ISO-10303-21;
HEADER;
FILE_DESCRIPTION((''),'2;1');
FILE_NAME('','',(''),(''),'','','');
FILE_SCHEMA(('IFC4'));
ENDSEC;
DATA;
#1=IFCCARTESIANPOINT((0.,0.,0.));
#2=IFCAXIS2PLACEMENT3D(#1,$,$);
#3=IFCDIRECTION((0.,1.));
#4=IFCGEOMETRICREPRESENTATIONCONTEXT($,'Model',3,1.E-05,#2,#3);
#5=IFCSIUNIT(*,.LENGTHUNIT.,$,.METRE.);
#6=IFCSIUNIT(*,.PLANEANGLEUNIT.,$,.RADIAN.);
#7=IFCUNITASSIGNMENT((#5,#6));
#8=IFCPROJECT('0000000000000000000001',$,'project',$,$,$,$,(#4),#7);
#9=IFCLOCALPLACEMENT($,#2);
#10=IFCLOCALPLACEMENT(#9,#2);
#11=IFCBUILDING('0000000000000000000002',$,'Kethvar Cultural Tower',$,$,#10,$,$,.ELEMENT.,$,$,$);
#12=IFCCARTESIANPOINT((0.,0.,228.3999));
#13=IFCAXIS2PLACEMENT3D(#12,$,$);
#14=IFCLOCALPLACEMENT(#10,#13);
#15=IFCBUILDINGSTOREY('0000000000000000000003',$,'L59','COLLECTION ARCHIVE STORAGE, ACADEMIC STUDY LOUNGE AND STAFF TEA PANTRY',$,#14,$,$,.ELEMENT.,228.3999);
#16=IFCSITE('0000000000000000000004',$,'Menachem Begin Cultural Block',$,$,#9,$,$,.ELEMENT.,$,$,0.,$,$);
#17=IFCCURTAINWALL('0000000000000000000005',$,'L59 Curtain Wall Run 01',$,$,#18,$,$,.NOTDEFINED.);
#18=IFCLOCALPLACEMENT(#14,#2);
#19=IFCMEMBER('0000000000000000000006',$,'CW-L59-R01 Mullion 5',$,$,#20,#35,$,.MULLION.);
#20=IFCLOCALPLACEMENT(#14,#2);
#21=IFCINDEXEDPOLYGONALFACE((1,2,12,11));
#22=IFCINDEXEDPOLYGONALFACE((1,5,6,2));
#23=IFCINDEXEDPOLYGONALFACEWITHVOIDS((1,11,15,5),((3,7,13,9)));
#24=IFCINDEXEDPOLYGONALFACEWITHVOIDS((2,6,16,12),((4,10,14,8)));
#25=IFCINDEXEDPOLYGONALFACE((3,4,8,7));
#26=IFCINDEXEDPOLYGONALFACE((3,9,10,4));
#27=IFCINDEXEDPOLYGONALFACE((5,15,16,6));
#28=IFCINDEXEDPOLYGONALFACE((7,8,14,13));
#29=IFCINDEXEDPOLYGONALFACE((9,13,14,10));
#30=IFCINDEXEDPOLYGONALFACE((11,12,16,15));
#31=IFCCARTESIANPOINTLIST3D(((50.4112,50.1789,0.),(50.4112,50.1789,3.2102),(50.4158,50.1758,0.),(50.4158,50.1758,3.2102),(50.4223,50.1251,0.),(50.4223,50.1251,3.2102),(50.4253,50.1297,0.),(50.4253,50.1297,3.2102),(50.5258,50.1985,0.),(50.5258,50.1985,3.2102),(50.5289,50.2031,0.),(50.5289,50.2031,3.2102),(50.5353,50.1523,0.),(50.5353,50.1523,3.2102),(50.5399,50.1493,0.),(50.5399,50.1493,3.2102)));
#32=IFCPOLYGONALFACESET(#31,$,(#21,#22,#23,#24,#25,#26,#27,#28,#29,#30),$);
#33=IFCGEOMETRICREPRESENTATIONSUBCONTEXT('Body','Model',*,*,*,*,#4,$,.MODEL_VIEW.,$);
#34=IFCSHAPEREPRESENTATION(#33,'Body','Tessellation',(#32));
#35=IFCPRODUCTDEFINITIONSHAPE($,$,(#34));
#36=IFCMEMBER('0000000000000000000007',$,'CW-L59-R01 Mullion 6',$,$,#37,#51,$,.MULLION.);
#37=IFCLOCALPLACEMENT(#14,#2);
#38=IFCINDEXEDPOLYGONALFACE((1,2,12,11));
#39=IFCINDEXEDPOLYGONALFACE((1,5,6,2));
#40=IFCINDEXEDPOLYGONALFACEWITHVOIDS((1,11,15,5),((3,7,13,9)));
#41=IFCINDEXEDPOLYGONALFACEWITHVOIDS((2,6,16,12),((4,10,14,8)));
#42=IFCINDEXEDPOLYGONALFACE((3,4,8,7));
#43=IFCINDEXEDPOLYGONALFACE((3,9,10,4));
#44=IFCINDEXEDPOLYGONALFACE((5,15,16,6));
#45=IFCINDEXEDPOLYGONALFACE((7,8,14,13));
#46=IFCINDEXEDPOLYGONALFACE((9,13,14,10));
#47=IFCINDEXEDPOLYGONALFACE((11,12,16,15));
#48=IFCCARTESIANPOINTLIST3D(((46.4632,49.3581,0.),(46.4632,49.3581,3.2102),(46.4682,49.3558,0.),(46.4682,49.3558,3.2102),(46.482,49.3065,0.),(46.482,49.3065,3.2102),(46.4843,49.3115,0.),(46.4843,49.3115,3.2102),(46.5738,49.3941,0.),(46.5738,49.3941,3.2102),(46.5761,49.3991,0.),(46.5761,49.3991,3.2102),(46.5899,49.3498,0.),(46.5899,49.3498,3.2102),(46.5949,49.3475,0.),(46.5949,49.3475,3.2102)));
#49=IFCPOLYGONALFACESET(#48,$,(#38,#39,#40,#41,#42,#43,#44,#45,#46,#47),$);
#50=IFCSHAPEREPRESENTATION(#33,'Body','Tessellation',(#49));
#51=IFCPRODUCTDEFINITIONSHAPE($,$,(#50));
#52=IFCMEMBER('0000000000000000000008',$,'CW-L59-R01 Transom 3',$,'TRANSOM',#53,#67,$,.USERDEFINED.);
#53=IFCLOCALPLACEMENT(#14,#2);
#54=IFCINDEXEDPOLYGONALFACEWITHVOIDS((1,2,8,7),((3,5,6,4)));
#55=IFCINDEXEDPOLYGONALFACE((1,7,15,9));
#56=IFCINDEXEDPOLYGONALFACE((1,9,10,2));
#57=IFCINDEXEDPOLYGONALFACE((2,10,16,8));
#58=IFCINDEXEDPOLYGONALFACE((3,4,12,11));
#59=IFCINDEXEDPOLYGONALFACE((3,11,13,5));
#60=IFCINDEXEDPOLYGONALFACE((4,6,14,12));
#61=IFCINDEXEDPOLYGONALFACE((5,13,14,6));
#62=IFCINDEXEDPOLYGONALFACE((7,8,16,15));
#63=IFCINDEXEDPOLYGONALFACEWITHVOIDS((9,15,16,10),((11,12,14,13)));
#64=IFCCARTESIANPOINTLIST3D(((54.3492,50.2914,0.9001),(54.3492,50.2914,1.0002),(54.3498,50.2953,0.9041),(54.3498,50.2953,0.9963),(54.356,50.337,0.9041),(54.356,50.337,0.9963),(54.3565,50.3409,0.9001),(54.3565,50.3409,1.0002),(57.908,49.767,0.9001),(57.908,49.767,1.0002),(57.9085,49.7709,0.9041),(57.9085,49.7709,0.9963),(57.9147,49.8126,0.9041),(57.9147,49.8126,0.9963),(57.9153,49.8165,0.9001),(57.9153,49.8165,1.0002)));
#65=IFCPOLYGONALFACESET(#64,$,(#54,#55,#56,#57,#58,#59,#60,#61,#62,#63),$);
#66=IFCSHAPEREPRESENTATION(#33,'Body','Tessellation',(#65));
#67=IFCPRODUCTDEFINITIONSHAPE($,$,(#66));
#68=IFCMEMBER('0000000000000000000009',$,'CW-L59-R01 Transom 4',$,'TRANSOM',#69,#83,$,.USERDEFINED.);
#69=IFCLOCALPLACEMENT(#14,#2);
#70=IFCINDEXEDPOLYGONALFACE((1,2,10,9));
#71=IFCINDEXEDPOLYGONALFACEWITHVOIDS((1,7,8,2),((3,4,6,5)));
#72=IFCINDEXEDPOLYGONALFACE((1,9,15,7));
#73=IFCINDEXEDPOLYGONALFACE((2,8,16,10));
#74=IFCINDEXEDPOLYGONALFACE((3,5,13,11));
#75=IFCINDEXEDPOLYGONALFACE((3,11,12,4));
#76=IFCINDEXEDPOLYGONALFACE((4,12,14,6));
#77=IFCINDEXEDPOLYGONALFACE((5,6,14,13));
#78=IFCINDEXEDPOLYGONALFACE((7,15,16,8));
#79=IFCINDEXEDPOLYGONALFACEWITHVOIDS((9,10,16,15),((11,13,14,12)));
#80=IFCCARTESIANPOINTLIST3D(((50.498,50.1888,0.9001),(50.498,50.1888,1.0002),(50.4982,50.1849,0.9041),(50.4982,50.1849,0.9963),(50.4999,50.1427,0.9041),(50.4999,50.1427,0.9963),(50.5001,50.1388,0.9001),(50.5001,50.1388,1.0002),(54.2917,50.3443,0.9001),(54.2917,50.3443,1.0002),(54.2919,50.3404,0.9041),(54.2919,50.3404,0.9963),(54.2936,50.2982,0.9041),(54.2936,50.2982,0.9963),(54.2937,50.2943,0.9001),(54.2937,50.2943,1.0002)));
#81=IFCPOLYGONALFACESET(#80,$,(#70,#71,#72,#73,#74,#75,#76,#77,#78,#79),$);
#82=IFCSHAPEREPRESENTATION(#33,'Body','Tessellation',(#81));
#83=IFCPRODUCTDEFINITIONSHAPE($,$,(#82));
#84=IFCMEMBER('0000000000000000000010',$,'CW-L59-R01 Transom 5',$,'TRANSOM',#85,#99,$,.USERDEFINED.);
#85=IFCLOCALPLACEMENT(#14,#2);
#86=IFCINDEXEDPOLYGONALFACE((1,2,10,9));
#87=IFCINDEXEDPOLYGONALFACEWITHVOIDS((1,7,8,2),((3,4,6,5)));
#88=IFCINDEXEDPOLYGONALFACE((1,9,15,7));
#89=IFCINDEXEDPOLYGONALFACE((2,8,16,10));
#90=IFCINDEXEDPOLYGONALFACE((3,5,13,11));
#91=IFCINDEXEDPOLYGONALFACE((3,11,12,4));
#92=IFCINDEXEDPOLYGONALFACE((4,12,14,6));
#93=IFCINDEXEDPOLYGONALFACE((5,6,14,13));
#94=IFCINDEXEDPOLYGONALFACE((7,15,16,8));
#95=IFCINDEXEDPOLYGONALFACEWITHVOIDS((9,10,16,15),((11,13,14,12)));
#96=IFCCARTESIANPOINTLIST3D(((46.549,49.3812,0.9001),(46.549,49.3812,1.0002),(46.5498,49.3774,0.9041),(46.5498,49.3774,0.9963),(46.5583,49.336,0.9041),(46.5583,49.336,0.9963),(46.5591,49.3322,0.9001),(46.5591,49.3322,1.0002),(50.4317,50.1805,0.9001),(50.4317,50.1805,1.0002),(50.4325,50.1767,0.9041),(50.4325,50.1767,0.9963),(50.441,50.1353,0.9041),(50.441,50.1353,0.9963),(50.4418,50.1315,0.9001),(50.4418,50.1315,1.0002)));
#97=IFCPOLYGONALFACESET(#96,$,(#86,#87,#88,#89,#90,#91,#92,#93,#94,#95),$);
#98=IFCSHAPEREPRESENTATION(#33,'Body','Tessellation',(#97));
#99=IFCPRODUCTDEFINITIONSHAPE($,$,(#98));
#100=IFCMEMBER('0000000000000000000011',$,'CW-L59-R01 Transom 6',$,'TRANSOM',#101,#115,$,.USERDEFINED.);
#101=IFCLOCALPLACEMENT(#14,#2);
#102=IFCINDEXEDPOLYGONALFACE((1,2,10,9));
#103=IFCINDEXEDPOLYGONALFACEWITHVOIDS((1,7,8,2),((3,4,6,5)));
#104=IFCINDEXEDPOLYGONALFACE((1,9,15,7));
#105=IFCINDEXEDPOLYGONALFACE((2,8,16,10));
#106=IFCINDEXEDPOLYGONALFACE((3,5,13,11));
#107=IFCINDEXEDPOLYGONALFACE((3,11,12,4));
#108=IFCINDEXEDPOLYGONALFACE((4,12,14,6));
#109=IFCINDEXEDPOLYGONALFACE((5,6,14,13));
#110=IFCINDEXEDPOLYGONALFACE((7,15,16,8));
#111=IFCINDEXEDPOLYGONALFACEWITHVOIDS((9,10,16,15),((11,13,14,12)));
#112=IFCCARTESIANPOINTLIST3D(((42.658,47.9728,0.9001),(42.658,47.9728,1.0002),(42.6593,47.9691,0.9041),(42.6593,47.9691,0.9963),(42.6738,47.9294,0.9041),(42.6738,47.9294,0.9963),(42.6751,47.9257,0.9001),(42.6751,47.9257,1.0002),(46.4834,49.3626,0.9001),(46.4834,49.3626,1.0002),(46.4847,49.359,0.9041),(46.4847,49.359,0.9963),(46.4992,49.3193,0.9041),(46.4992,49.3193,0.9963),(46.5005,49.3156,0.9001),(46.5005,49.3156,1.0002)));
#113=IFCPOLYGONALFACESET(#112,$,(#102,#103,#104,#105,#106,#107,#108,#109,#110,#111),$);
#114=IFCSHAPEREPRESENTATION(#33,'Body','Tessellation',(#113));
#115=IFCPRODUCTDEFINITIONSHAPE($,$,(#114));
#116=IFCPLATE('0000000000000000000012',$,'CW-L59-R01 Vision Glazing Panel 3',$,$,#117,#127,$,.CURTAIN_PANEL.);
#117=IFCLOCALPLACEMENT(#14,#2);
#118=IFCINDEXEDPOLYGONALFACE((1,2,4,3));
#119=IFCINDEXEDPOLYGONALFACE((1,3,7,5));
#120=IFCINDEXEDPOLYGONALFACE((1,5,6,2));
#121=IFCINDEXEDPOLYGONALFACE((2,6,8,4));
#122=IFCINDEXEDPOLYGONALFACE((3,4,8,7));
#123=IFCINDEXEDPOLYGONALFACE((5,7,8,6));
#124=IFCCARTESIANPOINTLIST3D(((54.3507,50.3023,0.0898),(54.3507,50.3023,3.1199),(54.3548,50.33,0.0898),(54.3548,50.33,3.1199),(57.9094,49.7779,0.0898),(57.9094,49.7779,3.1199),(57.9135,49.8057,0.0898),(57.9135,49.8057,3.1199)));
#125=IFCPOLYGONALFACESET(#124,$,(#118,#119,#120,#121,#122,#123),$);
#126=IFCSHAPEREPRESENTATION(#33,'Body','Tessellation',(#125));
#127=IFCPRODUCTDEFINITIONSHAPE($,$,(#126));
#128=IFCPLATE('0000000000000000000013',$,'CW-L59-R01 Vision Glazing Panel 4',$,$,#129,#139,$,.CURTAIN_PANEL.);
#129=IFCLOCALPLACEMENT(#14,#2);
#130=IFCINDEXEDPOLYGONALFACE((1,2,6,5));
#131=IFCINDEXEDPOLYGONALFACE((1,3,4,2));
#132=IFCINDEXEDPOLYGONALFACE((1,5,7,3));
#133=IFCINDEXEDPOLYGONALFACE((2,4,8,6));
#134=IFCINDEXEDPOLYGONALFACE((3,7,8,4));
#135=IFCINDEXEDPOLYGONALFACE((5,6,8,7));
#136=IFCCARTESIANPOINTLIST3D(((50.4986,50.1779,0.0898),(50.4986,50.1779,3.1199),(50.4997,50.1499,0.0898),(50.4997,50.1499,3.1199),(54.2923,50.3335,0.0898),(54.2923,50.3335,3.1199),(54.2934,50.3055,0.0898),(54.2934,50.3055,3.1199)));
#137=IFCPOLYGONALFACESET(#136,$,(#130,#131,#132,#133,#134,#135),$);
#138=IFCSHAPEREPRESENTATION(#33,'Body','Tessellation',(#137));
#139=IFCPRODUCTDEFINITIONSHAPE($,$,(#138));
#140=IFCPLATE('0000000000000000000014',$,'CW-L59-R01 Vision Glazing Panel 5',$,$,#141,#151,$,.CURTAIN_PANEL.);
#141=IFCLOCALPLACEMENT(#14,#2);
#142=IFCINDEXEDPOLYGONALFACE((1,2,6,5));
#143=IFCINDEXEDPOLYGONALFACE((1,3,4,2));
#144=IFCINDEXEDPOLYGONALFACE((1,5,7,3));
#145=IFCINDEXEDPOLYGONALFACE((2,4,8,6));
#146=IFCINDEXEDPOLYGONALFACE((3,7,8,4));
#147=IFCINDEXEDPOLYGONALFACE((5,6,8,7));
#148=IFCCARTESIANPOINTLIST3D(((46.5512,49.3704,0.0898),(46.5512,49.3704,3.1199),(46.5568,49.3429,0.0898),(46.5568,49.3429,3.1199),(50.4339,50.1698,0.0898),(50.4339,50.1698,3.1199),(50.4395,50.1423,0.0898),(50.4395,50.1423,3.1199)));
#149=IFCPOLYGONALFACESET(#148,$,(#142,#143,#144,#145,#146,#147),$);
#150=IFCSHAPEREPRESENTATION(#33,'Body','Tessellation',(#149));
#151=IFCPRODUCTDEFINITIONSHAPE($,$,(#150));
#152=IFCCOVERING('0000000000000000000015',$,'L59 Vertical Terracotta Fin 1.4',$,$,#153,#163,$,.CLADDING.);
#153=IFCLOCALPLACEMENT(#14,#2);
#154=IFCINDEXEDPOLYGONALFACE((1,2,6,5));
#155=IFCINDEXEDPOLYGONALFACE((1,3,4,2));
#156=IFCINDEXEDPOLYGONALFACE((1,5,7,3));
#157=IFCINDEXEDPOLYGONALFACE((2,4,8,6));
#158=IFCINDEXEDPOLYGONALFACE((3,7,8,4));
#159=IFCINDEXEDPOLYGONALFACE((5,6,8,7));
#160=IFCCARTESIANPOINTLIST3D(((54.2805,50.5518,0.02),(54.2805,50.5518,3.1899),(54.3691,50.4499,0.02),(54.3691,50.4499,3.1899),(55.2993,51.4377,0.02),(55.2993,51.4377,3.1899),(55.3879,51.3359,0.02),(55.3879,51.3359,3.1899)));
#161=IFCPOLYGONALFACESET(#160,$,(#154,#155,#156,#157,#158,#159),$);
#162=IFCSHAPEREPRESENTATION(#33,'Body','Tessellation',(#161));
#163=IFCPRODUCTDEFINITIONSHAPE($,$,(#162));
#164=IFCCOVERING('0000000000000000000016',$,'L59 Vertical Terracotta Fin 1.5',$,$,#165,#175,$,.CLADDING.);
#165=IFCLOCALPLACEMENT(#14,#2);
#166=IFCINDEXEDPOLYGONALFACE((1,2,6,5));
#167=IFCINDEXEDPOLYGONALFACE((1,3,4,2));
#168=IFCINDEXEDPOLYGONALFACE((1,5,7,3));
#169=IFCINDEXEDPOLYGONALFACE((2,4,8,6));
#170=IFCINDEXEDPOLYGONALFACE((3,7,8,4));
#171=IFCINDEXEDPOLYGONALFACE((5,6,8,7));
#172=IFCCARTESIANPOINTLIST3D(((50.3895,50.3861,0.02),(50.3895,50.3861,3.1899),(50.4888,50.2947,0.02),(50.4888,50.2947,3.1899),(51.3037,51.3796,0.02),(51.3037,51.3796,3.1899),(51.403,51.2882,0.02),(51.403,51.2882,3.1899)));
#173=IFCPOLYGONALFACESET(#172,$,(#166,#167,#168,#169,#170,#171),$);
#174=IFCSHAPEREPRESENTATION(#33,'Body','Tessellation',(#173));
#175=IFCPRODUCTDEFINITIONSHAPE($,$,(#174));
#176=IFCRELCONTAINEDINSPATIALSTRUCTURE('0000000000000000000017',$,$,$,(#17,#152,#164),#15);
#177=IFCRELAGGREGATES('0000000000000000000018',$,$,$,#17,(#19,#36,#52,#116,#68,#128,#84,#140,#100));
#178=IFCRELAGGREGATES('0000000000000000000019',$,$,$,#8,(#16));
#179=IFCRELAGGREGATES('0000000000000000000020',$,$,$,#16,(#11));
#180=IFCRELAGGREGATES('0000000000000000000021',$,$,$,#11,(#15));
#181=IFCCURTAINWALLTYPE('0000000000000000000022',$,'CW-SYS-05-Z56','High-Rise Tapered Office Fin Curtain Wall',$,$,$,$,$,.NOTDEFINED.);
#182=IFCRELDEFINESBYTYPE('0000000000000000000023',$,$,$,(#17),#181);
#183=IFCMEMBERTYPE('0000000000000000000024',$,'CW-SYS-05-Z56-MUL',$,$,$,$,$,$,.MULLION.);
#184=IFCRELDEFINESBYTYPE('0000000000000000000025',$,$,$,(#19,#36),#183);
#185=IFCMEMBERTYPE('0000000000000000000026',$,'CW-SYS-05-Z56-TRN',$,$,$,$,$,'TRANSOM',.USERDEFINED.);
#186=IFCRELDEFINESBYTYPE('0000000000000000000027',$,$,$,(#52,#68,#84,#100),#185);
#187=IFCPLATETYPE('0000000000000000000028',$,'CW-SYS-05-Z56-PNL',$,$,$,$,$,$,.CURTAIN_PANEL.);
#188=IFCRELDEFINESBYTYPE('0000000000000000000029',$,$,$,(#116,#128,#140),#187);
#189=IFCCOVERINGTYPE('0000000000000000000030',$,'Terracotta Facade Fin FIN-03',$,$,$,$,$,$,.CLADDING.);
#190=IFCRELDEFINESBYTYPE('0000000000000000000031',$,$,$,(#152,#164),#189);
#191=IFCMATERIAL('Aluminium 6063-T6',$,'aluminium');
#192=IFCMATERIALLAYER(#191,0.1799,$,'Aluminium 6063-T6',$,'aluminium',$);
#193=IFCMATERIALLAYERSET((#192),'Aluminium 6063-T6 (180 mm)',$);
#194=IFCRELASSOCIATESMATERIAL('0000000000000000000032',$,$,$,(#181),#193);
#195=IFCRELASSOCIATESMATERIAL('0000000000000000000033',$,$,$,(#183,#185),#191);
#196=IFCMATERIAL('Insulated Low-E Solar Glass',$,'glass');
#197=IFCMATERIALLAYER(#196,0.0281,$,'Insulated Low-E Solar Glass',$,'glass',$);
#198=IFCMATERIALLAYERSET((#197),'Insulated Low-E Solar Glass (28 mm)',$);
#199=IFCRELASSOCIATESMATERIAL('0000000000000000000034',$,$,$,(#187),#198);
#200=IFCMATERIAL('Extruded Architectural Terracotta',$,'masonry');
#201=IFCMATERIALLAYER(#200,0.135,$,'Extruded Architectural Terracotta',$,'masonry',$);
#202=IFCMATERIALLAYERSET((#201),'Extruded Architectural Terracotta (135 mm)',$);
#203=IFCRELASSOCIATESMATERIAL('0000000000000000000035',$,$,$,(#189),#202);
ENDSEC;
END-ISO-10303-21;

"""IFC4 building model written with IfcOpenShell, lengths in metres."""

from ifc_helpers import new_model, si_unit, direction, frame, origin, origin_2d, place, context, subcontext, project, spatial, rectangle, hollow_rectangle, extrude, source, transform, mapped, material, layer, layer_set, material_profile, profile_set, type_object, element, aggregate, save


model = new_model("IFC4")

# Units and contexts
model_context = context("Model", 3, precision=1e-05, world=origin(), true_north=direction((0.0, 1.0)))
body_context = subcontext(model_context, "Body", "Model", "MODEL_VIEW")
ifc_project = project(units=[si_unit("LENGTHUNIT", "METRE"), si_unit("PLANEANGLEUNIT", "RADIAN")], contexts=[model_context])

# Site, building, storey
site_placement = place(None, origin())
site = spatial("IfcSite", under=ifc_project, at=site_placement, Name="Menachem Begin Cultural Block", CompositionType="ELEMENT", RefElevation=0.0)
building_placement = place(site_placement, origin())
building = spatial("IfcBuilding", under=site, at=building_placement, Name="Kethvar Cultural Tower", CompositionType="ELEMENT")
storey_placement = place(building_placement, frame((0.0, 0.0, 228.3999)))
storey = spatial("IfcBuildingStorey", under=building, at=storey_placement, Name="L59", Description="COLLECTION ARCHIVE STORAGE, ACADEMIC STUDY LOUNGE AND STAFF TEA PANTRY", CompositionType="ELEMENT", Elevation=228.3999)

# Curtain wall, members, plates
ifc_material_1 = material(Name="Aluminium 6063-T6", Category="aluminium")
ifc_layer_1 = layer(ifc_material_1, 0.1799, Name="Aluminium 6063-T6", Category="aluminium")
ifc_layer_set_1 = layer_set([ifc_layer_1], Name="Aluminium 6063-T6 (180 mm)")
curtain_wall_type = type_object("IfcCurtainWallType", Name="CW-SYS-05-Z56", Description="High-Rise Tapered Office Fin Curtain Wall", PredefinedType="NOTDEFINED", material=ifc_layer_set_1)
curtain_wall_placement = place(storey_placement, origin())
curtain_wall = element("IfcCurtainWall", 1, at=curtain_wall_placement, inside=storey, type_object=curtain_wall_type, Name="L59 Curtain Wall Run 01", PredefinedType="NOTDEFINED")
ifc_material_profile_1 = material_profile(ifc_material_1, hollow_rectangle(XDim=0.0549, YDim=0.1201, WallThickness=0.0039, at=origin_2d()), Name="Aluminium 6063-T6 — RHS120x55x4")
ifc_profile_set_1 = profile_set([ifc_material_profile_1], Name="Aluminium 6063-T6 — RHS120x55x4")
member_type_1 = type_object("IfcMemberType", Name="CW-SYS-05-Z56-MUL", PredefinedType="MULLION", material=ifc_profile_set_1)
shared_shape_1 = source(origin(), body_context, "Body", "SweptSolid", [
    extrude(hollow_rectangle(XDim=0.0549, YDim=0.1201, WallThickness=0.0039, at=origin_2d()), origin(), (0.0, 0.0, 1.0), 3.2102),
])
member_1_placement = place(storey_placement, frame((50.4756, 50.1641, 0.0), z_axis=(0.0, 0.0, 1.0), x_axis=(0.201642, -0.979459, 0.0)))
member_1 = element("IfcMember", 2, at=member_1_placement, type_object=member_type_1, Name="CW-L59-R01 Mullion 5", PredefinedType="MULLION", context=body_context, shape_type="MappedRepresentation", body=[
    mapped(shared_shape_1, transform((0.0, 0.0, 0.0), scale=1.0)),
])
member_2_placement = place(storey_placement, frame((46.5291, 49.3528, 0.0), z_axis=(0.0, 0.0, 1.0), x_axis=(0.341495, -0.939883, 0.0)))
member_2 = element("IfcMember", 3, at=member_2_placement, type_object=member_type_1, Name="CW-L59-R01 Mullion 6", PredefinedType="MULLION", context=body_context, shape_type="MappedRepresentation", body=[
    mapped(shared_shape_1, transform((0.0, 0.0, 0.0), scale=1.0)),
])
ifc_material_profile_2 = material_profile(ifc_material_1, hollow_rectangle(XDim=0.05, YDim=0.1001, WallThickness=0.0039, at=origin_2d()), Name="Aluminium 6063-T6 — RHS100x50x4")
ifc_profile_set_2 = profile_set([ifc_material_profile_2], Name="Aluminium 6063-T6 — RHS100x50x4")
member_type_2 = type_object("IfcMemberType", Name="CW-SYS-05-Z56-TRN", ElementType="TRANSOM", PredefinedType="USERDEFINED", material=ifc_profile_set_2)
shared_shape_2 = source(origin(), body_context, "Body", "SweptSolid", [
    extrude(hollow_rectangle(XDim=0.05, YDim=0.1001, WallThickness=0.0039, at=origin_2d()), origin(), (0.0, 0.0, 1.0), 3.5972),
])
member_3_placement = place(storey_placement, frame((57.9116, 49.7917, 0.9502), z_axis=(-0.989317, 0.145781, 0.0), x_axis=(-0.145781, -0.989317, 0.0)))
member_3 = element("IfcMember", 4, at=member_3_placement, type_object=member_type_2, Name="CW-L59-R01 Transom 3", ObjectType="TRANSOM", PredefinedType="USERDEFINED", context=body_context, shape_type="MappedRepresentation", body=[
    mapped(shared_shape_2, transform((0.0, 0.0, 0.0), scale=1.0)),
])
shared_shape_3 = source(origin(), body_context, "Body", "SweptSolid", [
    extrude(hollow_rectangle(XDim=0.05, YDim=0.1001, WallThickness=0.0039, at=origin_2d()), origin(), (0.0, 0.0, 1.0), 3.7969),
])
member_4_placement = place(storey_placement, frame((54.2927, 50.3193, 0.9502), z_axis=(-0.999161, -0.040959, 0.0), x_axis=(0.040959, -0.999161, 0.0)))
member_4 = element("IfcMember", 5, at=member_4_placement, type_object=member_type_2, Name="CW-L59-R01 Transom 4", ObjectType="TRANSOM", PredefinedType="USERDEFINED", context=body_context, shape_type="MappedRepresentation", body=[
    mapped(shared_shape_3, transform((0.0, 0.0, 0.0), scale=1.0)),
])
shared_shape_4 = source(origin(), body_context, "Body", "SweptSolid", [
    extrude(hollow_rectangle(XDim=0.05, YDim=0.1001, WallThickness=0.0039, at=origin_2d()), origin(), (0.0, 0.0, 1.0), 3.9641),
])
member_5_placement = place(storey_placement, frame((50.4368, 50.156, 0.9502), z_axis=(-0.979461, -0.201632, 0.0), x_axis=(0.201632, -0.979461, 0.0)))
member_5 = element("IfcMember", 6, at=member_5_placement, type_object=member_type_2, Name="CW-L59-R01 Transom 5", ObjectType="TRANSOM", PredefinedType="USERDEFINED", context=body_context, shape_type="MappedRepresentation", body=[
    mapped(shared_shape_4, transform((0.0, 0.0, 0.0), scale=1.0)),
])
shared_shape_5 = source(origin(), body_context, "Body", "SweptSolid", [
    extrude(hollow_rectangle(XDim=0.05, YDim=0.1001, WallThickness=0.0039, at=origin_2d()), origin(), (0.0, 0.0, 1.0), 4.0701),
])
member_6_placement = place(storey_placement, frame((46.4919, 49.3391, 0.9502), z_axis=(-0.939886, -0.341488, 0.0), x_axis=(0.341488, -0.939886, 0.0)))
member_6 = element("IfcMember", 7, at=member_6_placement, type_object=member_type_2, Name="CW-L59-R01 Transom 6", ObjectType="TRANSOM", PredefinedType="USERDEFINED", context=body_context, shape_type="MappedRepresentation", body=[
    mapped(shared_shape_5, transform((0.0, 0.0, 0.0), scale=1.0)),
])
ifc_material_2 = material(Name="Insulated Low-E Solar Glass", Category="glass")
ifc_layer_2 = layer(ifc_material_2, 0.0281, Name="Insulated Low-E Solar Glass", Category="glass")
ifc_layer_set_2 = layer_set([ifc_layer_2], Name="Insulated Low-E Solar Glass (28 mm)")
plate_type = type_object("IfcPlateType", Name="CW-SYS-05-Z56-PNL", PredefinedType="CURTAIN_PANEL", material=ifc_layer_set_2)
shared_shape_6 = source(origin(), body_context, "Body", "SweptSolid", [
    extrude(rectangle(XDim=3.5972, YDim=0.0281, at=origin_2d()), origin(), (0.0, 0.0, 1.0), 3.03),
])
plate_1_placement = place(storey_placement, frame((56.1321, 50.054, 0.0898), z_axis=(0.0, 0.0, 1.0), x_axis=(-0.989318, 0.145772, 0.0)))
plate_1 = element("IfcPlate", 8, at=plate_1_placement, type_object=plate_type, Name="CW-L59-R01 Vision Glazing Panel 3", PredefinedType="CURTAIN_PANEL", context=body_context, shape_type="MappedRepresentation", body=[
    mapped(shared_shape_6, transform((0.0, 0.0, 0.0), scale=1.0)),
])
shared_shape_7 = source(origin(), body_context, "Body", "SweptSolid", [
    extrude(rectangle(XDim=3.7969, YDim=0.0281, at=origin_2d()), origin(), (0.0, 0.0, 1.0), 3.03),
])
plate_2_placement = place(storey_placement, frame((52.396, 50.2417, 0.0898), z_axis=(0.0, 0.0, 1.0), x_axis=(-0.99916, -0.040986, 0.0)))
plate_2 = element("IfcPlate", 9, at=plate_2_placement, type_object=plate_type, Name="CW-L59-R01 Vision Glazing Panel 4", PredefinedType="CURTAIN_PANEL", context=body_context, shape_type="MappedRepresentation", body=[
    mapped(shared_shape_7, transform((0.0, 0.0, 0.0), scale=1.0)),
])
shared_shape_8 = source(origin(), body_context, "Body", "SweptSolid", [
    extrude(rectangle(XDim=3.9641, YDim=0.0281, at=origin_2d()), origin(), (0.0, 0.0, 1.0), 3.03),
])
plate_3_placement = place(storey_placement, frame((48.4954, 49.7563, 0.0898), z_axis=(0.0, 0.0, 1.0), x_axis=(-0.979459, -0.201642, 0.0)))
plate_3 = element("IfcPlate", 10, at=plate_3_placement, type_object=plate_type, Name="CW-L59-R01 Vision Glazing Panel 5", PredefinedType="CURTAIN_PANEL", context=body_context, shape_type="MappedRepresentation", body=[
    mapped(shared_shape_8, transform((0.0, 0.0, 0.0), scale=1.0)),
])
aggregate(curtain_wall, [member_1, member_2, member_3, plate_1, member_4, plate_2, member_5, plate_3, member_6])

# Coverings
ifc_material_3 = material(Name="Extruded Architectural Terracotta", Category="masonry")
ifc_layer_3 = layer(ifc_material_3, 0.135, Name="Extruded Architectural Terracotta", Category="masonry")
ifc_layer_set_3 = layer_set([ifc_layer_3], Name="Extruded Architectural Terracotta (135 mm)")
covering_type = type_object("IfcCoveringType", Name="Terracotta Facade Fin FIN-03", PredefinedType="CLADDING", material=ifc_layer_set_3)
shared_shape_9 = source(origin(), body_context, "Body", "SweptSolid", [
    extrude(rectangle(XDim=1.3501, YDim=0.135, at=origin_2d()), origin(), (0.0, 0.0, 1.0), 3.1699),
])
for number, where, z_axis, x_axis, name in (
    (11, (54.8342, 50.9438, 0.02), (0.0, 0.0, 1.0), (0.754595, 0.656191, 0.0), "L59 Vertical Terracotta Fin 1.4"),
    (12, (50.8962, 50.8372, 0.02), (0.0, 0.0, 1.0), (0.677133, 0.735861, 0.0), "L59 Vertical Terracotta Fin 1.5"),
):
    element("IfcCovering", number, at=place(storey_placement, frame(where, z_axis=z_axis, x_axis=x_axis)), inside=storey, type_object=covering_type, Name=name, PredefinedType="CLADDING", context=body_context, shape_type="MappedRepresentation", body=[
        mapped(shared_shape_9, transform((0.0, 0.0, 0.0), scale=1.0)),
    ])

save(model, "model.ifc")
